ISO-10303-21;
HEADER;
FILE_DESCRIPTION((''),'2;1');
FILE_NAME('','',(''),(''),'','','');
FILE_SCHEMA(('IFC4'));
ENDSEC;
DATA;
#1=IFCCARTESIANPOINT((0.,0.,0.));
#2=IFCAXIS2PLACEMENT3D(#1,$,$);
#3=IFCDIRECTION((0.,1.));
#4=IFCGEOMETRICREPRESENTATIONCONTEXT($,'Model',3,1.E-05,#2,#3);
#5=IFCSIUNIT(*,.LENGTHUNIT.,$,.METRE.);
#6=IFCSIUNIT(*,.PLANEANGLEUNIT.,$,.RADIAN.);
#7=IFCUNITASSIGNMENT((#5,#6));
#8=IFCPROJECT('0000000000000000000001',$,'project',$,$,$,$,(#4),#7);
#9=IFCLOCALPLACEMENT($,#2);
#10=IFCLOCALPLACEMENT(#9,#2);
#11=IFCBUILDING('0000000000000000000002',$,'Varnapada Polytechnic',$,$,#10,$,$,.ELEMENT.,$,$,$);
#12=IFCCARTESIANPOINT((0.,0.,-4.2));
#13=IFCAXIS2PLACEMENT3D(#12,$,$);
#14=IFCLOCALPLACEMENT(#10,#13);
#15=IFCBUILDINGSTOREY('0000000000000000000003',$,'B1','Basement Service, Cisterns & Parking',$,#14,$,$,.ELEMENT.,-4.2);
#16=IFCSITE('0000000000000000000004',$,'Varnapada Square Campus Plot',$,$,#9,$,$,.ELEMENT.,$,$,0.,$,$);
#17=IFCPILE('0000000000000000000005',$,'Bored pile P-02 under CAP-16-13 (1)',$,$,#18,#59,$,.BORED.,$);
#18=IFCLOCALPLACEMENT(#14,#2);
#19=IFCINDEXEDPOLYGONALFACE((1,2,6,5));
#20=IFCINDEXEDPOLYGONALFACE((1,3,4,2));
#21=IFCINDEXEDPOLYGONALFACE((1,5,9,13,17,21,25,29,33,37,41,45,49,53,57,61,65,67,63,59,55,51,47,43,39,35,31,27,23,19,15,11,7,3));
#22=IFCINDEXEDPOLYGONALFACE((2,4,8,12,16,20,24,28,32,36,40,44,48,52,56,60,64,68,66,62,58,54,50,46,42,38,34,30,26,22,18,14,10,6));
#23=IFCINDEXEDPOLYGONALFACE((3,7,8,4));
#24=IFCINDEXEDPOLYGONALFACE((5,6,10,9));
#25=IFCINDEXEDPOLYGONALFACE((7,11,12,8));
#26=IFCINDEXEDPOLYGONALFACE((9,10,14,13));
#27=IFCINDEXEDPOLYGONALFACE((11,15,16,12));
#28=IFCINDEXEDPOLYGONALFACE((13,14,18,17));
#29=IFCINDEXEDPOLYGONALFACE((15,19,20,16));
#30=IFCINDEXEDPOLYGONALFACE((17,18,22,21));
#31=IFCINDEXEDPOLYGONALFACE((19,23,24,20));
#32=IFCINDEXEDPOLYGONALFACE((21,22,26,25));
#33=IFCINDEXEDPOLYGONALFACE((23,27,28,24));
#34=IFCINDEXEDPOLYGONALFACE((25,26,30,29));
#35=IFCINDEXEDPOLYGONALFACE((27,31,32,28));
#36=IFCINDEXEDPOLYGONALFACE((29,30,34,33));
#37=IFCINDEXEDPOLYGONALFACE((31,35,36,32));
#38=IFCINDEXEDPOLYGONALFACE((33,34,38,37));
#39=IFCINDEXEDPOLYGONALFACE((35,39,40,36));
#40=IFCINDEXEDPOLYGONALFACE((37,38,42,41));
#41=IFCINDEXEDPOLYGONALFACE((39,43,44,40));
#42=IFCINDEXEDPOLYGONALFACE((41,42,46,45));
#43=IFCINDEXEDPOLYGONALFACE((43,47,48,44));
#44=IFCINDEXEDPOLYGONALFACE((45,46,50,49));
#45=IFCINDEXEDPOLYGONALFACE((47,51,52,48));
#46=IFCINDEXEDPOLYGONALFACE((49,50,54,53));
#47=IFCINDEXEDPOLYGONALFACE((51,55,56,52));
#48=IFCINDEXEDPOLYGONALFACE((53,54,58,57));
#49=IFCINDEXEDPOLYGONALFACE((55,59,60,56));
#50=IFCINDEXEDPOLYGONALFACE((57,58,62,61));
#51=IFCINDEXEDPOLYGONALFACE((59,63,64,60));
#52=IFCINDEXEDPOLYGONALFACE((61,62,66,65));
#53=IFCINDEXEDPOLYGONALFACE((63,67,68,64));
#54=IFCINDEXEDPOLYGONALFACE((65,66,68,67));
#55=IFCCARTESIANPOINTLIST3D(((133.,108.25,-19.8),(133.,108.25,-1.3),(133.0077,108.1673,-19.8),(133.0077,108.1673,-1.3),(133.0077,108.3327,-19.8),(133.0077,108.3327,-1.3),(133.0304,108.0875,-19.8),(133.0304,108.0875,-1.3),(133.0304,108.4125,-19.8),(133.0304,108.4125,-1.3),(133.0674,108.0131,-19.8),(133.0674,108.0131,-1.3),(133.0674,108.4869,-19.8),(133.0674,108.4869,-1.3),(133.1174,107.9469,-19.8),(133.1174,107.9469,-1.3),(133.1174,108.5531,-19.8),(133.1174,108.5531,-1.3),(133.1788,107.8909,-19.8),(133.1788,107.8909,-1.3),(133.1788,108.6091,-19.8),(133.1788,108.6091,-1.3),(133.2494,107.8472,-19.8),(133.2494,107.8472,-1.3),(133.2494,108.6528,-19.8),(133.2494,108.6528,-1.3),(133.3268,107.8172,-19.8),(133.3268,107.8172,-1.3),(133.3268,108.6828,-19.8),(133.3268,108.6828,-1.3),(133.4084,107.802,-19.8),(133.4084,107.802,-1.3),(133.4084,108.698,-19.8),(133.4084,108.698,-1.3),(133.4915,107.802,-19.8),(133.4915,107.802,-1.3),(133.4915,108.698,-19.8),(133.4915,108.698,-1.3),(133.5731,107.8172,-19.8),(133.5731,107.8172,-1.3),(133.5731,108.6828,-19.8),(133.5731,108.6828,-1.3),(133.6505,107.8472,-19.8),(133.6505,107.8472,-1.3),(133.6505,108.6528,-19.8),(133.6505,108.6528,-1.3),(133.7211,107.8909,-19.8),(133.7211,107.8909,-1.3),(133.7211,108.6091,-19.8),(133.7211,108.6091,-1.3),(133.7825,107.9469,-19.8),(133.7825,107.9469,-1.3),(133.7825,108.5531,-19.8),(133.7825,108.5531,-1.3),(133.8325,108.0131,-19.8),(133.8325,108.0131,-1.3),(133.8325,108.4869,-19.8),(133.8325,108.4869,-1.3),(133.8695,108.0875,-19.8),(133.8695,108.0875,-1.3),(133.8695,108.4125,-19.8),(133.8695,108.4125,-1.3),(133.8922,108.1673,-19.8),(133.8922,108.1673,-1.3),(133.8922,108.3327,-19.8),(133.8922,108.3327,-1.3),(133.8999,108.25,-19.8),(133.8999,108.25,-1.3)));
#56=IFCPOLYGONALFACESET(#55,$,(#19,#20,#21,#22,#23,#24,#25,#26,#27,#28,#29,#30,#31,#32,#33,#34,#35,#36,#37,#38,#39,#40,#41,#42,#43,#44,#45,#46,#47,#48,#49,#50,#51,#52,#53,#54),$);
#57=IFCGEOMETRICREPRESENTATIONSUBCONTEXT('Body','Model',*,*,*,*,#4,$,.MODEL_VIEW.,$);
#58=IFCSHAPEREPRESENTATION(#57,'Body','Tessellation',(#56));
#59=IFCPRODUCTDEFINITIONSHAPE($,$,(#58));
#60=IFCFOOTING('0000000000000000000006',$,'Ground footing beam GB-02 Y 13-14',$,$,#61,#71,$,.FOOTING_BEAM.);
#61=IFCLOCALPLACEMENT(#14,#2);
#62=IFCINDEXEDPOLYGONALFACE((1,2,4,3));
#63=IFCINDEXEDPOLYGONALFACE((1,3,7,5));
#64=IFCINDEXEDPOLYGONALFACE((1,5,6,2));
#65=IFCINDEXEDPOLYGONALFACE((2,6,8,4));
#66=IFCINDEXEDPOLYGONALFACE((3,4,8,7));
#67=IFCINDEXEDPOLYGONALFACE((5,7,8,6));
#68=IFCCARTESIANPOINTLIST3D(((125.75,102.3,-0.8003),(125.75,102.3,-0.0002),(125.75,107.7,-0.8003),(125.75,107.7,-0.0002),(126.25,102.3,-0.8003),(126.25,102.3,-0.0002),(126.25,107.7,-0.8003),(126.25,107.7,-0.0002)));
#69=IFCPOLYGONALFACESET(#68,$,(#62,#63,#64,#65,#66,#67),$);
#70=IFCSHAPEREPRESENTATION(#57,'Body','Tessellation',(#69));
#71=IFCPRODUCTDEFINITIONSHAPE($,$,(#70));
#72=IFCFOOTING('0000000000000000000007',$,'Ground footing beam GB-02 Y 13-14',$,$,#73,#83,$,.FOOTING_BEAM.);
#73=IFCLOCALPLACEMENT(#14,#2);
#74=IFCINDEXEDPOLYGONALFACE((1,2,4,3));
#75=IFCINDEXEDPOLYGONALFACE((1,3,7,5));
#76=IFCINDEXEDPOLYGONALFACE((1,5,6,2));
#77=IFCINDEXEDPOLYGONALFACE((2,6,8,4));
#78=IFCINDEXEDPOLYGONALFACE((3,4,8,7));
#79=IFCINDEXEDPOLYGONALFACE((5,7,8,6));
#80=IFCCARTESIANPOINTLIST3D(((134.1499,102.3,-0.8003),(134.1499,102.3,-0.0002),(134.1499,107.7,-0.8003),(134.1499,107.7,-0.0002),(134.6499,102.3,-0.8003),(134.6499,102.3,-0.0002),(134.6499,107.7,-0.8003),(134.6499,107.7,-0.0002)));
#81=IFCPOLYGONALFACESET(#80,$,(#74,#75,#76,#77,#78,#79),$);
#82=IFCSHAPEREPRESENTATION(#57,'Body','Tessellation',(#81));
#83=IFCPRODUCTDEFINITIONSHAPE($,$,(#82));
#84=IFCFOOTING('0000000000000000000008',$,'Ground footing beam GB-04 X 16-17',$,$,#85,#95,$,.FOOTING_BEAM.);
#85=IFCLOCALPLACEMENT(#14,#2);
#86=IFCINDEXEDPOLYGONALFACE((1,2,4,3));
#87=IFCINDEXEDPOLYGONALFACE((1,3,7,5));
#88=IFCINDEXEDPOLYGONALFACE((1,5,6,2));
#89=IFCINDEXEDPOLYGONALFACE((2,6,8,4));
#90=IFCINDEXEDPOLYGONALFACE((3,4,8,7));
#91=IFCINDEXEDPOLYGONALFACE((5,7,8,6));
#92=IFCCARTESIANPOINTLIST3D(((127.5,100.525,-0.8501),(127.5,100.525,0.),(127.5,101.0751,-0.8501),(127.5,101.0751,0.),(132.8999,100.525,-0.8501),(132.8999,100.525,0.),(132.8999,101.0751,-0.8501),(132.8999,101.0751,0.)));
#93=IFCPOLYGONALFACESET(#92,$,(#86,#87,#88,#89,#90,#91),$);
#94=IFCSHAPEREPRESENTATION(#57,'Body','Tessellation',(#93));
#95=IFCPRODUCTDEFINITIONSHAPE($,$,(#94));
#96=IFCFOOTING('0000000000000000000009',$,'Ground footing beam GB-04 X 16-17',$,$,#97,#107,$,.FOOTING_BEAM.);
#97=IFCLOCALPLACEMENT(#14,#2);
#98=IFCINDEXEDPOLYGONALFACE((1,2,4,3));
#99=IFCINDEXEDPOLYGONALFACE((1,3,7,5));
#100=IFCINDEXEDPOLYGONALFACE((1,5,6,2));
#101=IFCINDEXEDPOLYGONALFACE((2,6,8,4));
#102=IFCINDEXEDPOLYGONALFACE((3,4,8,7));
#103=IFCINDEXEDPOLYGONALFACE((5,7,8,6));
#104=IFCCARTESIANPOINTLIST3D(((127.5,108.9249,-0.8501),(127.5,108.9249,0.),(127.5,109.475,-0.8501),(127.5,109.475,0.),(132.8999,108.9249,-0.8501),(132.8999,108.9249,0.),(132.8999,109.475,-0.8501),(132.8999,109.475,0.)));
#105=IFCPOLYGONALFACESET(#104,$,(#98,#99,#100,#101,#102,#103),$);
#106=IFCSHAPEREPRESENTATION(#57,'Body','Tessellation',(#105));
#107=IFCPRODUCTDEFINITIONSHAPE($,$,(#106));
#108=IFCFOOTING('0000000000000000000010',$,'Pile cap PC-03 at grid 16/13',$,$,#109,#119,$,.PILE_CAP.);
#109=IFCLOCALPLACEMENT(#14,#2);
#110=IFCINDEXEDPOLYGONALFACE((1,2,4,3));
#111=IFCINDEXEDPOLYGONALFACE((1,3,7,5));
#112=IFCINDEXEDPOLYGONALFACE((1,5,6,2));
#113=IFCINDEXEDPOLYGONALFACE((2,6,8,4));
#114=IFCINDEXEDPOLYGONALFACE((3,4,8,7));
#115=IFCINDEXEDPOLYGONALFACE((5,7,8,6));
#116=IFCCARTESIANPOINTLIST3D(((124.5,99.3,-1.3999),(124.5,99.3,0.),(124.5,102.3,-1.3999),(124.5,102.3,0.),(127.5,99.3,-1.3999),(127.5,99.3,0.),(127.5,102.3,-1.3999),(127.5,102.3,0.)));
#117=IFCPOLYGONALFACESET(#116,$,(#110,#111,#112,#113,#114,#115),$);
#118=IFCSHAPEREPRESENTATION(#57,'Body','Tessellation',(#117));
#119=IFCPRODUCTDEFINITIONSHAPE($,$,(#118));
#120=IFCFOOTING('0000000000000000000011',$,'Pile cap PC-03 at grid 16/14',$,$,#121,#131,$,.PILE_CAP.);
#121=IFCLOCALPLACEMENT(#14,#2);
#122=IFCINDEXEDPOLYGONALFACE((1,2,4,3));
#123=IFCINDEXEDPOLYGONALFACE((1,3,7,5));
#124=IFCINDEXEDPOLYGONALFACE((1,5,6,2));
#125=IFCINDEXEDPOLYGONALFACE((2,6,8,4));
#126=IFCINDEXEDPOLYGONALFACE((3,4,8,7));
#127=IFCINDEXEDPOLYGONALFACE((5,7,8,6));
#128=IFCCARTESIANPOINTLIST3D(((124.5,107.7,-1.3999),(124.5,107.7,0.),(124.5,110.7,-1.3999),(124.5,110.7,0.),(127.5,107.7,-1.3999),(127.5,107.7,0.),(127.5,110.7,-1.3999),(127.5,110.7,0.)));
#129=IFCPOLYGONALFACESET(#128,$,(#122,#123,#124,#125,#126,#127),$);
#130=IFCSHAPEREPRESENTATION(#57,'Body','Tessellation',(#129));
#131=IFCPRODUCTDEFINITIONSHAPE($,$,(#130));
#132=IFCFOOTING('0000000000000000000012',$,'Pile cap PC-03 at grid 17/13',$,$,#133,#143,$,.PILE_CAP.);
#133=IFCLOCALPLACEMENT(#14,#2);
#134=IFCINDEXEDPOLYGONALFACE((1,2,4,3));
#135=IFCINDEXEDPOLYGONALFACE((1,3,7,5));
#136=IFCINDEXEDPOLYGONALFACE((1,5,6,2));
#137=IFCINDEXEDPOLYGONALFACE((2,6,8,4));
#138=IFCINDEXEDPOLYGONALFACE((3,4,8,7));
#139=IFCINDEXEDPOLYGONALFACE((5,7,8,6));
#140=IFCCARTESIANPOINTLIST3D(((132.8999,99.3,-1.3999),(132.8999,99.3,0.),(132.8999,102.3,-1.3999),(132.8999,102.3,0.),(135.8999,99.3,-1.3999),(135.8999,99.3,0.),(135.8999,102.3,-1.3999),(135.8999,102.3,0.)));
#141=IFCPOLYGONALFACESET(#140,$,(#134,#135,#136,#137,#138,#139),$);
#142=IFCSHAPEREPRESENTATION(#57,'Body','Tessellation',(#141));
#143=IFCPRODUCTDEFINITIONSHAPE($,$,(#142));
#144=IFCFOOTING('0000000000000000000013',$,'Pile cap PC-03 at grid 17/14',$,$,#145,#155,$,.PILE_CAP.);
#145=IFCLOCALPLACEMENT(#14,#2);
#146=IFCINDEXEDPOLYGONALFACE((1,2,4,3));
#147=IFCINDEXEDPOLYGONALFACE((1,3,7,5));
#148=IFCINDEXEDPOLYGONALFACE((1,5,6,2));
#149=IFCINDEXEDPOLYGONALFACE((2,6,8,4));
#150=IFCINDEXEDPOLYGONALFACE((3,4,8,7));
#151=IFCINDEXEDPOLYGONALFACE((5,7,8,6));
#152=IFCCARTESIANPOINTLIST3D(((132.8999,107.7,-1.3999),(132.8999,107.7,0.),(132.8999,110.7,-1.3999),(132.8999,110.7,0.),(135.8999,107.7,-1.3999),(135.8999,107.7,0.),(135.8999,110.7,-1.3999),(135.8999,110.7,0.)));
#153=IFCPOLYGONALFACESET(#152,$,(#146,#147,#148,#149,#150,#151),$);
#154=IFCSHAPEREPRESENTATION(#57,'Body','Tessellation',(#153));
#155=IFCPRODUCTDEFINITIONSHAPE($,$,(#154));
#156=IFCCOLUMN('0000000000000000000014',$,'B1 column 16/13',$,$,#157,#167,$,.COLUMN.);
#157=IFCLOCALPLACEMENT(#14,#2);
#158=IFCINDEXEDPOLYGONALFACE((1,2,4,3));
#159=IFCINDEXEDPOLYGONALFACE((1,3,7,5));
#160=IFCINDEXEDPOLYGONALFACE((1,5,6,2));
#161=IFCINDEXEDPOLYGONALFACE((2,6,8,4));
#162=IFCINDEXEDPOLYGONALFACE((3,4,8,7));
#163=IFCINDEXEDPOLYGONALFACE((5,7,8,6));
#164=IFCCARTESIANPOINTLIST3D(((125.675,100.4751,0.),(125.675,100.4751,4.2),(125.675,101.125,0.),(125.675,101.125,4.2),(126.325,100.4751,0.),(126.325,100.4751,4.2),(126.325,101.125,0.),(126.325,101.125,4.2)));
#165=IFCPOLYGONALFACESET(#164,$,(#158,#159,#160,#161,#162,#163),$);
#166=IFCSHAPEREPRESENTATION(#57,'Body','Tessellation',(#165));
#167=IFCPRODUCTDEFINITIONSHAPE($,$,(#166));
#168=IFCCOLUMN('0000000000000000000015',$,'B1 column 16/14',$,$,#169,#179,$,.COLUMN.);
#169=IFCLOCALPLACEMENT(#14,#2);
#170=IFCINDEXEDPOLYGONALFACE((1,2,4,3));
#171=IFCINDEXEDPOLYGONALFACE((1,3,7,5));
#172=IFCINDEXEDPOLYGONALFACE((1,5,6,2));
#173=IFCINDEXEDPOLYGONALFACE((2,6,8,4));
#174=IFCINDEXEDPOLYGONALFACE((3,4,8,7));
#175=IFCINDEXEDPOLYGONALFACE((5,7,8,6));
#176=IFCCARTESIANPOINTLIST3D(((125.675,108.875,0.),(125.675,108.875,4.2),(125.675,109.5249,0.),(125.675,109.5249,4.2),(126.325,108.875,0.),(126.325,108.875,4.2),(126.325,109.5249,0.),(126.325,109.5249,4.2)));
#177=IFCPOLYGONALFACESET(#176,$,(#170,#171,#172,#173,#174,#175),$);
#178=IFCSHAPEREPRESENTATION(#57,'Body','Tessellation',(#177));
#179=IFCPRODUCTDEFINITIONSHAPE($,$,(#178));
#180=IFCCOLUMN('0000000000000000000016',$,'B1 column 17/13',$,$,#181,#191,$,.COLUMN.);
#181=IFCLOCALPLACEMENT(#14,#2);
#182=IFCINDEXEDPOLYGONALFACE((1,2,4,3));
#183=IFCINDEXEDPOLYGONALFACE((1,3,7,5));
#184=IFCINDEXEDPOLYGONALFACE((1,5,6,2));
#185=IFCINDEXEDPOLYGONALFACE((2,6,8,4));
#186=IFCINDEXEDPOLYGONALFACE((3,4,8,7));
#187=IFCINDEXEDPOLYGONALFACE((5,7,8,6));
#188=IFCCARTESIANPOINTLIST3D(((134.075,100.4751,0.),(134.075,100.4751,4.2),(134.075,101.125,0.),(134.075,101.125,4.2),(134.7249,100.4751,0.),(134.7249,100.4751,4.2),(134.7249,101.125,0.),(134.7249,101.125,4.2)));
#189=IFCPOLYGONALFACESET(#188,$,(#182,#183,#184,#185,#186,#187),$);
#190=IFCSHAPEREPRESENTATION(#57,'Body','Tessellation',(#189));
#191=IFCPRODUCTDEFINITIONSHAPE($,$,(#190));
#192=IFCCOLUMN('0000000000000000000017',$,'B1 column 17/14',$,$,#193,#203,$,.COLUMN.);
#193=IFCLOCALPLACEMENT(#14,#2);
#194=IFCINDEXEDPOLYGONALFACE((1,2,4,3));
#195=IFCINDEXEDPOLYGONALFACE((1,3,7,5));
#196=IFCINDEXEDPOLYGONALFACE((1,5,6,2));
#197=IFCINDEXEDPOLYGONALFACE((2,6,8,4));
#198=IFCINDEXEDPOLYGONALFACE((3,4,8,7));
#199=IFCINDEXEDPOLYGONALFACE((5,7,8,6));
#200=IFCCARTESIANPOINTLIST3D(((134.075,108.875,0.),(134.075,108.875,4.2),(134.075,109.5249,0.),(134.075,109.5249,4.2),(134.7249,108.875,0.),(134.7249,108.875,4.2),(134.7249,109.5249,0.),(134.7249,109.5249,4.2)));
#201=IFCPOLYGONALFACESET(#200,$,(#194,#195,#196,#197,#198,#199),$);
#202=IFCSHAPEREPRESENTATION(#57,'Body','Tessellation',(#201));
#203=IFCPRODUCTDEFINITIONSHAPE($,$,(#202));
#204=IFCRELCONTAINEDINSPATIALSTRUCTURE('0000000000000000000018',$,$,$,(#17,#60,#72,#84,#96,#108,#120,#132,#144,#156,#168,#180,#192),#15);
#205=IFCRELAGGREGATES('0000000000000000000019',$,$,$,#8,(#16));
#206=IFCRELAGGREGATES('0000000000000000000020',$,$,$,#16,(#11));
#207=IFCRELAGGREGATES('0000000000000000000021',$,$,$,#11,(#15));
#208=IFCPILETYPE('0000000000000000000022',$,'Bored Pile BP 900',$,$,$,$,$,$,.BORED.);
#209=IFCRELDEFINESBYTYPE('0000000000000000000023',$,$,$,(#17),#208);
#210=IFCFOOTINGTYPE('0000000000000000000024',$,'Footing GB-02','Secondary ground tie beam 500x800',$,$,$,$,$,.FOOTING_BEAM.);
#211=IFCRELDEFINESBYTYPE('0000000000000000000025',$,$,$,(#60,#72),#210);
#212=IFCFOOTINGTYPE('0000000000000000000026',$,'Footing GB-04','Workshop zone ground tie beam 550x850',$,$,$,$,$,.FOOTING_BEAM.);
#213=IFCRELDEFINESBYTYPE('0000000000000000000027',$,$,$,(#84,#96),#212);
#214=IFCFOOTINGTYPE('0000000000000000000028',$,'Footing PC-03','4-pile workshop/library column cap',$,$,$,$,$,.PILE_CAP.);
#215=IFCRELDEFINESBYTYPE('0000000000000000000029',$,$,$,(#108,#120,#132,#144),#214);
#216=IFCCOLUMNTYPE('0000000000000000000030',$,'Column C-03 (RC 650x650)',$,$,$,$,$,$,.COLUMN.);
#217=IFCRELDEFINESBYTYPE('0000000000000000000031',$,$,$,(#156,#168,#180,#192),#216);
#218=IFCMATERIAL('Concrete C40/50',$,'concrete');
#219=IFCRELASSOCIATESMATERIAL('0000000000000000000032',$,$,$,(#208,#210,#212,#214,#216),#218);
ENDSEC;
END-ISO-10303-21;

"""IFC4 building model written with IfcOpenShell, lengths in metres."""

from ifc_helpers import new_model, si_unit, direction, frame, origin, origin_2d, place, context, subcontext, project, spatial, rectangle, circle, extrude, material, material_profile, profile_set, type_object, element, save


model = new_model("IFC4")

# Units and contexts
model_context = context("Model", 3, precision=1e-05, world=origin(), true_north=direction((0.0, 1.0)))
body_context = subcontext(model_context, "Body", "Model", "MODEL_VIEW")
ifc_project = project(units=[si_unit("LENGTHUNIT", "METRE"), si_unit("PLANEANGLEUNIT", "RADIAN")], contexts=[model_context])

# Site, building, storey
site_placement = place(None, origin())
site = spatial("IfcSite", under=ifc_project, at=site_placement, Name="Varnapada Square Campus Plot", CompositionType="ELEMENT", RefElevation=0.0)
building_placement = place(site_placement, origin())
building = spatial("IfcBuilding", under=site, at=building_placement, Name="Varnapada Polytechnic", CompositionType="ELEMENT")
storey_placement = place(building_placement, frame((0.0, 0.0, -4.2)))
storey = spatial("IfcBuildingStorey", under=building, at=storey_placement, Name="B1", Description="Basement Service, Cisterns & Parking", CompositionType="ELEMENT", Elevation=-4.2)

# Pile
ifc_material_1 = material(Name="Concrete C40/50", Category="concrete")
ifc_material_profile_1 = material_profile(ifc_material_1, circle(Radius=0.45, at=origin_2d()), Name="BP 900")
ifc_profile_set_1 = profile_set([ifc_material_profile_1], Name="Concrete C40/50")
pile_type = type_object("IfcPileType", Name="Bored Pile BP 900", PredefinedType="BORED", material=ifc_profile_set_1)
for number, where, z_axis, x_axis, name in (
    (1, (133.45, 108.25, -1.3), (0.0, 0.0, -1.0), (1.0, 0.0, 0.0), "Bored pile P-02 under CAP-16-13 (1)"),
):
    element("IfcPile", number, at=place(storey_placement, frame(where, z_axis=z_axis, x_axis=x_axis)), inside=storey, type_object=pile_type, Name=name, PredefinedType="BORED", context=body_context, shape_type="SweptSolid", body=[
        extrude(circle(Radius=0.45, at=origin_2d()), origin(), (0.0, 0.0, 1.0), 18.5),
    ])

# Footings
footing_type_1 = type_object("IfcFootingType", Name="Footing GB-02", Description="Secondary ground tie beam 500x800", PredefinedType="FOOTING_BEAM", material=ifc_material_1)
for number, where, z_axis, x_axis, name in (
    (2, (126.0, 105.0, -0.8003), (0.0, 0.0, 1.0), (0.0, 1.0, 0.0), "Ground footing beam GB-02 Y 13-14"),
    (3, (134.3999, 105.0, -0.8003), (0.0, 0.0, 1.0), (0.0, 1.0, 0.0), "Ground footing beam GB-02 Y 13-14"),
):
    element("IfcFooting", number, at=place(storey_placement, frame(where, z_axis=z_axis, x_axis=x_axis)), inside=storey, type_object=footing_type_1, Name=name, PredefinedType="FOOTING_BEAM", context=body_context, shape_type="SweptSolid", body=[
        extrude(rectangle(XDim=5.3999, YDim=0.5, at=origin_2d()), origin(), (0.0, 0.0, 1.0), 0.8),
    ])
footing_type_2 = type_object("IfcFootingType", Name="Footing GB-04", Description="Workshop zone ground tie beam 550x850", PredefinedType="FOOTING_BEAM", material=ifc_material_1)
for number, where, z_axis, x_axis, name in (
    (4, (130.2, 100.8, -0.8501), (0.0, 0.0, 1.0), (1.0, 0.0, 0.0), "Ground footing beam GB-04 X 16-17"),
    (5, (130.2, 109.2, -0.8501), (0.0, 0.0, 1.0), (1.0, 0.0, 0.0), "Ground footing beam GB-04 X 16-17"),
):
    element("IfcFooting", number, at=place(storey_placement, frame(where, z_axis=z_axis, x_axis=x_axis)), inside=storey, type_object=footing_type_2, Name=name, PredefinedType="FOOTING_BEAM", context=body_context, shape_type="SweptSolid", body=[
        extrude(rectangle(XDim=5.3999, YDim=0.55, at=origin_2d()), origin(), (0.0, 0.0, 1.0), 0.8501),
    ])
footing_type_3 = type_object("IfcFootingType", Name="Footing PC-03", Description="4-pile workshop/library column cap", PredefinedType="PILE_CAP", material=ifc_material_1)
for number, where, z_axis, x_axis, name in (
    (6, (126.0, 100.8, -1.3999), (0.0, 0.0, 1.0), (1.0, 0.0, 0.0), "Pile cap PC-03 at grid 16/13"),
    (7, (126.0, 109.2, -1.3999), (0.0, 0.0, 1.0), (1.0, 0.0, 0.0), "Pile cap PC-03 at grid 16/14"),
    (8, (134.3999, 100.8, -1.3999), (0.0, 0.0, 1.0), (1.0, 0.0, 0.0), "Pile cap PC-03 at grid 17/13"),
    (9, (134.3999, 109.2, -1.3999), (0.0, 0.0, 1.0), (1.0, 0.0, 0.0), "Pile cap PC-03 at grid 17/14"),
):
    element("IfcFooting", number, at=place(storey_placement, frame(where, z_axis=z_axis, x_axis=x_axis)), inside=storey, type_object=footing_type_3, Name=name, PredefinedType="PILE_CAP", context=body_context, shape_type="SweptSolid", body=[
        extrude(rectangle(XDim=3.0, YDim=3.0, at=origin_2d()), origin(), (0.0, 0.0, 1.0), 1.3999),
    ])

# Columns
ifc_material_profile_2 = material_profile(ifc_material_1, rectangle(XDim=0.6499, YDim=0.6499, at=origin_2d()), Name="RC 650x650")
ifc_profile_set_2 = profile_set([ifc_material_profile_2], Name="Concrete C40/50")
column_type = type_object("IfcColumnType", Name="Column C-03 (RC 650x650)", PredefinedType="COLUMN", material=ifc_profile_set_2)
for number, where, z_axis, x_axis, name in (
    (10, (126.0, 100.8, 0.0), (0.0, 0.0, 1.0), (1.0, 0.0, 0.0), "B1 column 16/13"),
    (11, (126.0, 109.2, 0.0), (0.0, 0.0, 1.0), (1.0, 0.0, 0.0), "B1 column 16/14"),
    (12, (134.3999, 100.8, 0.0), (0.0, 0.0, 1.0), (1.0, 0.0, 0.0), "B1 column 17/13"),
    (13, (134.3999, 109.2, 0.0), (0.0, 0.0, 1.0), (1.0, 0.0, 0.0), "B1 column 17/14"),
):
    element("IfcColumn", number, at=place(storey_placement, frame(where, z_axis=z_axis, x_axis=x_axis)), inside=storey, type_object=column_type, Name=name, PredefinedType="COLUMN", context=body_context, shape_type="SweptSolid", body=[
        extrude(rectangle(XDim=0.6499, YDim=0.6499, at=origin_2d()), origin(), (0.0, 0.0, 1.0), 4.2),
    ])

save(model, "model.ifc")
